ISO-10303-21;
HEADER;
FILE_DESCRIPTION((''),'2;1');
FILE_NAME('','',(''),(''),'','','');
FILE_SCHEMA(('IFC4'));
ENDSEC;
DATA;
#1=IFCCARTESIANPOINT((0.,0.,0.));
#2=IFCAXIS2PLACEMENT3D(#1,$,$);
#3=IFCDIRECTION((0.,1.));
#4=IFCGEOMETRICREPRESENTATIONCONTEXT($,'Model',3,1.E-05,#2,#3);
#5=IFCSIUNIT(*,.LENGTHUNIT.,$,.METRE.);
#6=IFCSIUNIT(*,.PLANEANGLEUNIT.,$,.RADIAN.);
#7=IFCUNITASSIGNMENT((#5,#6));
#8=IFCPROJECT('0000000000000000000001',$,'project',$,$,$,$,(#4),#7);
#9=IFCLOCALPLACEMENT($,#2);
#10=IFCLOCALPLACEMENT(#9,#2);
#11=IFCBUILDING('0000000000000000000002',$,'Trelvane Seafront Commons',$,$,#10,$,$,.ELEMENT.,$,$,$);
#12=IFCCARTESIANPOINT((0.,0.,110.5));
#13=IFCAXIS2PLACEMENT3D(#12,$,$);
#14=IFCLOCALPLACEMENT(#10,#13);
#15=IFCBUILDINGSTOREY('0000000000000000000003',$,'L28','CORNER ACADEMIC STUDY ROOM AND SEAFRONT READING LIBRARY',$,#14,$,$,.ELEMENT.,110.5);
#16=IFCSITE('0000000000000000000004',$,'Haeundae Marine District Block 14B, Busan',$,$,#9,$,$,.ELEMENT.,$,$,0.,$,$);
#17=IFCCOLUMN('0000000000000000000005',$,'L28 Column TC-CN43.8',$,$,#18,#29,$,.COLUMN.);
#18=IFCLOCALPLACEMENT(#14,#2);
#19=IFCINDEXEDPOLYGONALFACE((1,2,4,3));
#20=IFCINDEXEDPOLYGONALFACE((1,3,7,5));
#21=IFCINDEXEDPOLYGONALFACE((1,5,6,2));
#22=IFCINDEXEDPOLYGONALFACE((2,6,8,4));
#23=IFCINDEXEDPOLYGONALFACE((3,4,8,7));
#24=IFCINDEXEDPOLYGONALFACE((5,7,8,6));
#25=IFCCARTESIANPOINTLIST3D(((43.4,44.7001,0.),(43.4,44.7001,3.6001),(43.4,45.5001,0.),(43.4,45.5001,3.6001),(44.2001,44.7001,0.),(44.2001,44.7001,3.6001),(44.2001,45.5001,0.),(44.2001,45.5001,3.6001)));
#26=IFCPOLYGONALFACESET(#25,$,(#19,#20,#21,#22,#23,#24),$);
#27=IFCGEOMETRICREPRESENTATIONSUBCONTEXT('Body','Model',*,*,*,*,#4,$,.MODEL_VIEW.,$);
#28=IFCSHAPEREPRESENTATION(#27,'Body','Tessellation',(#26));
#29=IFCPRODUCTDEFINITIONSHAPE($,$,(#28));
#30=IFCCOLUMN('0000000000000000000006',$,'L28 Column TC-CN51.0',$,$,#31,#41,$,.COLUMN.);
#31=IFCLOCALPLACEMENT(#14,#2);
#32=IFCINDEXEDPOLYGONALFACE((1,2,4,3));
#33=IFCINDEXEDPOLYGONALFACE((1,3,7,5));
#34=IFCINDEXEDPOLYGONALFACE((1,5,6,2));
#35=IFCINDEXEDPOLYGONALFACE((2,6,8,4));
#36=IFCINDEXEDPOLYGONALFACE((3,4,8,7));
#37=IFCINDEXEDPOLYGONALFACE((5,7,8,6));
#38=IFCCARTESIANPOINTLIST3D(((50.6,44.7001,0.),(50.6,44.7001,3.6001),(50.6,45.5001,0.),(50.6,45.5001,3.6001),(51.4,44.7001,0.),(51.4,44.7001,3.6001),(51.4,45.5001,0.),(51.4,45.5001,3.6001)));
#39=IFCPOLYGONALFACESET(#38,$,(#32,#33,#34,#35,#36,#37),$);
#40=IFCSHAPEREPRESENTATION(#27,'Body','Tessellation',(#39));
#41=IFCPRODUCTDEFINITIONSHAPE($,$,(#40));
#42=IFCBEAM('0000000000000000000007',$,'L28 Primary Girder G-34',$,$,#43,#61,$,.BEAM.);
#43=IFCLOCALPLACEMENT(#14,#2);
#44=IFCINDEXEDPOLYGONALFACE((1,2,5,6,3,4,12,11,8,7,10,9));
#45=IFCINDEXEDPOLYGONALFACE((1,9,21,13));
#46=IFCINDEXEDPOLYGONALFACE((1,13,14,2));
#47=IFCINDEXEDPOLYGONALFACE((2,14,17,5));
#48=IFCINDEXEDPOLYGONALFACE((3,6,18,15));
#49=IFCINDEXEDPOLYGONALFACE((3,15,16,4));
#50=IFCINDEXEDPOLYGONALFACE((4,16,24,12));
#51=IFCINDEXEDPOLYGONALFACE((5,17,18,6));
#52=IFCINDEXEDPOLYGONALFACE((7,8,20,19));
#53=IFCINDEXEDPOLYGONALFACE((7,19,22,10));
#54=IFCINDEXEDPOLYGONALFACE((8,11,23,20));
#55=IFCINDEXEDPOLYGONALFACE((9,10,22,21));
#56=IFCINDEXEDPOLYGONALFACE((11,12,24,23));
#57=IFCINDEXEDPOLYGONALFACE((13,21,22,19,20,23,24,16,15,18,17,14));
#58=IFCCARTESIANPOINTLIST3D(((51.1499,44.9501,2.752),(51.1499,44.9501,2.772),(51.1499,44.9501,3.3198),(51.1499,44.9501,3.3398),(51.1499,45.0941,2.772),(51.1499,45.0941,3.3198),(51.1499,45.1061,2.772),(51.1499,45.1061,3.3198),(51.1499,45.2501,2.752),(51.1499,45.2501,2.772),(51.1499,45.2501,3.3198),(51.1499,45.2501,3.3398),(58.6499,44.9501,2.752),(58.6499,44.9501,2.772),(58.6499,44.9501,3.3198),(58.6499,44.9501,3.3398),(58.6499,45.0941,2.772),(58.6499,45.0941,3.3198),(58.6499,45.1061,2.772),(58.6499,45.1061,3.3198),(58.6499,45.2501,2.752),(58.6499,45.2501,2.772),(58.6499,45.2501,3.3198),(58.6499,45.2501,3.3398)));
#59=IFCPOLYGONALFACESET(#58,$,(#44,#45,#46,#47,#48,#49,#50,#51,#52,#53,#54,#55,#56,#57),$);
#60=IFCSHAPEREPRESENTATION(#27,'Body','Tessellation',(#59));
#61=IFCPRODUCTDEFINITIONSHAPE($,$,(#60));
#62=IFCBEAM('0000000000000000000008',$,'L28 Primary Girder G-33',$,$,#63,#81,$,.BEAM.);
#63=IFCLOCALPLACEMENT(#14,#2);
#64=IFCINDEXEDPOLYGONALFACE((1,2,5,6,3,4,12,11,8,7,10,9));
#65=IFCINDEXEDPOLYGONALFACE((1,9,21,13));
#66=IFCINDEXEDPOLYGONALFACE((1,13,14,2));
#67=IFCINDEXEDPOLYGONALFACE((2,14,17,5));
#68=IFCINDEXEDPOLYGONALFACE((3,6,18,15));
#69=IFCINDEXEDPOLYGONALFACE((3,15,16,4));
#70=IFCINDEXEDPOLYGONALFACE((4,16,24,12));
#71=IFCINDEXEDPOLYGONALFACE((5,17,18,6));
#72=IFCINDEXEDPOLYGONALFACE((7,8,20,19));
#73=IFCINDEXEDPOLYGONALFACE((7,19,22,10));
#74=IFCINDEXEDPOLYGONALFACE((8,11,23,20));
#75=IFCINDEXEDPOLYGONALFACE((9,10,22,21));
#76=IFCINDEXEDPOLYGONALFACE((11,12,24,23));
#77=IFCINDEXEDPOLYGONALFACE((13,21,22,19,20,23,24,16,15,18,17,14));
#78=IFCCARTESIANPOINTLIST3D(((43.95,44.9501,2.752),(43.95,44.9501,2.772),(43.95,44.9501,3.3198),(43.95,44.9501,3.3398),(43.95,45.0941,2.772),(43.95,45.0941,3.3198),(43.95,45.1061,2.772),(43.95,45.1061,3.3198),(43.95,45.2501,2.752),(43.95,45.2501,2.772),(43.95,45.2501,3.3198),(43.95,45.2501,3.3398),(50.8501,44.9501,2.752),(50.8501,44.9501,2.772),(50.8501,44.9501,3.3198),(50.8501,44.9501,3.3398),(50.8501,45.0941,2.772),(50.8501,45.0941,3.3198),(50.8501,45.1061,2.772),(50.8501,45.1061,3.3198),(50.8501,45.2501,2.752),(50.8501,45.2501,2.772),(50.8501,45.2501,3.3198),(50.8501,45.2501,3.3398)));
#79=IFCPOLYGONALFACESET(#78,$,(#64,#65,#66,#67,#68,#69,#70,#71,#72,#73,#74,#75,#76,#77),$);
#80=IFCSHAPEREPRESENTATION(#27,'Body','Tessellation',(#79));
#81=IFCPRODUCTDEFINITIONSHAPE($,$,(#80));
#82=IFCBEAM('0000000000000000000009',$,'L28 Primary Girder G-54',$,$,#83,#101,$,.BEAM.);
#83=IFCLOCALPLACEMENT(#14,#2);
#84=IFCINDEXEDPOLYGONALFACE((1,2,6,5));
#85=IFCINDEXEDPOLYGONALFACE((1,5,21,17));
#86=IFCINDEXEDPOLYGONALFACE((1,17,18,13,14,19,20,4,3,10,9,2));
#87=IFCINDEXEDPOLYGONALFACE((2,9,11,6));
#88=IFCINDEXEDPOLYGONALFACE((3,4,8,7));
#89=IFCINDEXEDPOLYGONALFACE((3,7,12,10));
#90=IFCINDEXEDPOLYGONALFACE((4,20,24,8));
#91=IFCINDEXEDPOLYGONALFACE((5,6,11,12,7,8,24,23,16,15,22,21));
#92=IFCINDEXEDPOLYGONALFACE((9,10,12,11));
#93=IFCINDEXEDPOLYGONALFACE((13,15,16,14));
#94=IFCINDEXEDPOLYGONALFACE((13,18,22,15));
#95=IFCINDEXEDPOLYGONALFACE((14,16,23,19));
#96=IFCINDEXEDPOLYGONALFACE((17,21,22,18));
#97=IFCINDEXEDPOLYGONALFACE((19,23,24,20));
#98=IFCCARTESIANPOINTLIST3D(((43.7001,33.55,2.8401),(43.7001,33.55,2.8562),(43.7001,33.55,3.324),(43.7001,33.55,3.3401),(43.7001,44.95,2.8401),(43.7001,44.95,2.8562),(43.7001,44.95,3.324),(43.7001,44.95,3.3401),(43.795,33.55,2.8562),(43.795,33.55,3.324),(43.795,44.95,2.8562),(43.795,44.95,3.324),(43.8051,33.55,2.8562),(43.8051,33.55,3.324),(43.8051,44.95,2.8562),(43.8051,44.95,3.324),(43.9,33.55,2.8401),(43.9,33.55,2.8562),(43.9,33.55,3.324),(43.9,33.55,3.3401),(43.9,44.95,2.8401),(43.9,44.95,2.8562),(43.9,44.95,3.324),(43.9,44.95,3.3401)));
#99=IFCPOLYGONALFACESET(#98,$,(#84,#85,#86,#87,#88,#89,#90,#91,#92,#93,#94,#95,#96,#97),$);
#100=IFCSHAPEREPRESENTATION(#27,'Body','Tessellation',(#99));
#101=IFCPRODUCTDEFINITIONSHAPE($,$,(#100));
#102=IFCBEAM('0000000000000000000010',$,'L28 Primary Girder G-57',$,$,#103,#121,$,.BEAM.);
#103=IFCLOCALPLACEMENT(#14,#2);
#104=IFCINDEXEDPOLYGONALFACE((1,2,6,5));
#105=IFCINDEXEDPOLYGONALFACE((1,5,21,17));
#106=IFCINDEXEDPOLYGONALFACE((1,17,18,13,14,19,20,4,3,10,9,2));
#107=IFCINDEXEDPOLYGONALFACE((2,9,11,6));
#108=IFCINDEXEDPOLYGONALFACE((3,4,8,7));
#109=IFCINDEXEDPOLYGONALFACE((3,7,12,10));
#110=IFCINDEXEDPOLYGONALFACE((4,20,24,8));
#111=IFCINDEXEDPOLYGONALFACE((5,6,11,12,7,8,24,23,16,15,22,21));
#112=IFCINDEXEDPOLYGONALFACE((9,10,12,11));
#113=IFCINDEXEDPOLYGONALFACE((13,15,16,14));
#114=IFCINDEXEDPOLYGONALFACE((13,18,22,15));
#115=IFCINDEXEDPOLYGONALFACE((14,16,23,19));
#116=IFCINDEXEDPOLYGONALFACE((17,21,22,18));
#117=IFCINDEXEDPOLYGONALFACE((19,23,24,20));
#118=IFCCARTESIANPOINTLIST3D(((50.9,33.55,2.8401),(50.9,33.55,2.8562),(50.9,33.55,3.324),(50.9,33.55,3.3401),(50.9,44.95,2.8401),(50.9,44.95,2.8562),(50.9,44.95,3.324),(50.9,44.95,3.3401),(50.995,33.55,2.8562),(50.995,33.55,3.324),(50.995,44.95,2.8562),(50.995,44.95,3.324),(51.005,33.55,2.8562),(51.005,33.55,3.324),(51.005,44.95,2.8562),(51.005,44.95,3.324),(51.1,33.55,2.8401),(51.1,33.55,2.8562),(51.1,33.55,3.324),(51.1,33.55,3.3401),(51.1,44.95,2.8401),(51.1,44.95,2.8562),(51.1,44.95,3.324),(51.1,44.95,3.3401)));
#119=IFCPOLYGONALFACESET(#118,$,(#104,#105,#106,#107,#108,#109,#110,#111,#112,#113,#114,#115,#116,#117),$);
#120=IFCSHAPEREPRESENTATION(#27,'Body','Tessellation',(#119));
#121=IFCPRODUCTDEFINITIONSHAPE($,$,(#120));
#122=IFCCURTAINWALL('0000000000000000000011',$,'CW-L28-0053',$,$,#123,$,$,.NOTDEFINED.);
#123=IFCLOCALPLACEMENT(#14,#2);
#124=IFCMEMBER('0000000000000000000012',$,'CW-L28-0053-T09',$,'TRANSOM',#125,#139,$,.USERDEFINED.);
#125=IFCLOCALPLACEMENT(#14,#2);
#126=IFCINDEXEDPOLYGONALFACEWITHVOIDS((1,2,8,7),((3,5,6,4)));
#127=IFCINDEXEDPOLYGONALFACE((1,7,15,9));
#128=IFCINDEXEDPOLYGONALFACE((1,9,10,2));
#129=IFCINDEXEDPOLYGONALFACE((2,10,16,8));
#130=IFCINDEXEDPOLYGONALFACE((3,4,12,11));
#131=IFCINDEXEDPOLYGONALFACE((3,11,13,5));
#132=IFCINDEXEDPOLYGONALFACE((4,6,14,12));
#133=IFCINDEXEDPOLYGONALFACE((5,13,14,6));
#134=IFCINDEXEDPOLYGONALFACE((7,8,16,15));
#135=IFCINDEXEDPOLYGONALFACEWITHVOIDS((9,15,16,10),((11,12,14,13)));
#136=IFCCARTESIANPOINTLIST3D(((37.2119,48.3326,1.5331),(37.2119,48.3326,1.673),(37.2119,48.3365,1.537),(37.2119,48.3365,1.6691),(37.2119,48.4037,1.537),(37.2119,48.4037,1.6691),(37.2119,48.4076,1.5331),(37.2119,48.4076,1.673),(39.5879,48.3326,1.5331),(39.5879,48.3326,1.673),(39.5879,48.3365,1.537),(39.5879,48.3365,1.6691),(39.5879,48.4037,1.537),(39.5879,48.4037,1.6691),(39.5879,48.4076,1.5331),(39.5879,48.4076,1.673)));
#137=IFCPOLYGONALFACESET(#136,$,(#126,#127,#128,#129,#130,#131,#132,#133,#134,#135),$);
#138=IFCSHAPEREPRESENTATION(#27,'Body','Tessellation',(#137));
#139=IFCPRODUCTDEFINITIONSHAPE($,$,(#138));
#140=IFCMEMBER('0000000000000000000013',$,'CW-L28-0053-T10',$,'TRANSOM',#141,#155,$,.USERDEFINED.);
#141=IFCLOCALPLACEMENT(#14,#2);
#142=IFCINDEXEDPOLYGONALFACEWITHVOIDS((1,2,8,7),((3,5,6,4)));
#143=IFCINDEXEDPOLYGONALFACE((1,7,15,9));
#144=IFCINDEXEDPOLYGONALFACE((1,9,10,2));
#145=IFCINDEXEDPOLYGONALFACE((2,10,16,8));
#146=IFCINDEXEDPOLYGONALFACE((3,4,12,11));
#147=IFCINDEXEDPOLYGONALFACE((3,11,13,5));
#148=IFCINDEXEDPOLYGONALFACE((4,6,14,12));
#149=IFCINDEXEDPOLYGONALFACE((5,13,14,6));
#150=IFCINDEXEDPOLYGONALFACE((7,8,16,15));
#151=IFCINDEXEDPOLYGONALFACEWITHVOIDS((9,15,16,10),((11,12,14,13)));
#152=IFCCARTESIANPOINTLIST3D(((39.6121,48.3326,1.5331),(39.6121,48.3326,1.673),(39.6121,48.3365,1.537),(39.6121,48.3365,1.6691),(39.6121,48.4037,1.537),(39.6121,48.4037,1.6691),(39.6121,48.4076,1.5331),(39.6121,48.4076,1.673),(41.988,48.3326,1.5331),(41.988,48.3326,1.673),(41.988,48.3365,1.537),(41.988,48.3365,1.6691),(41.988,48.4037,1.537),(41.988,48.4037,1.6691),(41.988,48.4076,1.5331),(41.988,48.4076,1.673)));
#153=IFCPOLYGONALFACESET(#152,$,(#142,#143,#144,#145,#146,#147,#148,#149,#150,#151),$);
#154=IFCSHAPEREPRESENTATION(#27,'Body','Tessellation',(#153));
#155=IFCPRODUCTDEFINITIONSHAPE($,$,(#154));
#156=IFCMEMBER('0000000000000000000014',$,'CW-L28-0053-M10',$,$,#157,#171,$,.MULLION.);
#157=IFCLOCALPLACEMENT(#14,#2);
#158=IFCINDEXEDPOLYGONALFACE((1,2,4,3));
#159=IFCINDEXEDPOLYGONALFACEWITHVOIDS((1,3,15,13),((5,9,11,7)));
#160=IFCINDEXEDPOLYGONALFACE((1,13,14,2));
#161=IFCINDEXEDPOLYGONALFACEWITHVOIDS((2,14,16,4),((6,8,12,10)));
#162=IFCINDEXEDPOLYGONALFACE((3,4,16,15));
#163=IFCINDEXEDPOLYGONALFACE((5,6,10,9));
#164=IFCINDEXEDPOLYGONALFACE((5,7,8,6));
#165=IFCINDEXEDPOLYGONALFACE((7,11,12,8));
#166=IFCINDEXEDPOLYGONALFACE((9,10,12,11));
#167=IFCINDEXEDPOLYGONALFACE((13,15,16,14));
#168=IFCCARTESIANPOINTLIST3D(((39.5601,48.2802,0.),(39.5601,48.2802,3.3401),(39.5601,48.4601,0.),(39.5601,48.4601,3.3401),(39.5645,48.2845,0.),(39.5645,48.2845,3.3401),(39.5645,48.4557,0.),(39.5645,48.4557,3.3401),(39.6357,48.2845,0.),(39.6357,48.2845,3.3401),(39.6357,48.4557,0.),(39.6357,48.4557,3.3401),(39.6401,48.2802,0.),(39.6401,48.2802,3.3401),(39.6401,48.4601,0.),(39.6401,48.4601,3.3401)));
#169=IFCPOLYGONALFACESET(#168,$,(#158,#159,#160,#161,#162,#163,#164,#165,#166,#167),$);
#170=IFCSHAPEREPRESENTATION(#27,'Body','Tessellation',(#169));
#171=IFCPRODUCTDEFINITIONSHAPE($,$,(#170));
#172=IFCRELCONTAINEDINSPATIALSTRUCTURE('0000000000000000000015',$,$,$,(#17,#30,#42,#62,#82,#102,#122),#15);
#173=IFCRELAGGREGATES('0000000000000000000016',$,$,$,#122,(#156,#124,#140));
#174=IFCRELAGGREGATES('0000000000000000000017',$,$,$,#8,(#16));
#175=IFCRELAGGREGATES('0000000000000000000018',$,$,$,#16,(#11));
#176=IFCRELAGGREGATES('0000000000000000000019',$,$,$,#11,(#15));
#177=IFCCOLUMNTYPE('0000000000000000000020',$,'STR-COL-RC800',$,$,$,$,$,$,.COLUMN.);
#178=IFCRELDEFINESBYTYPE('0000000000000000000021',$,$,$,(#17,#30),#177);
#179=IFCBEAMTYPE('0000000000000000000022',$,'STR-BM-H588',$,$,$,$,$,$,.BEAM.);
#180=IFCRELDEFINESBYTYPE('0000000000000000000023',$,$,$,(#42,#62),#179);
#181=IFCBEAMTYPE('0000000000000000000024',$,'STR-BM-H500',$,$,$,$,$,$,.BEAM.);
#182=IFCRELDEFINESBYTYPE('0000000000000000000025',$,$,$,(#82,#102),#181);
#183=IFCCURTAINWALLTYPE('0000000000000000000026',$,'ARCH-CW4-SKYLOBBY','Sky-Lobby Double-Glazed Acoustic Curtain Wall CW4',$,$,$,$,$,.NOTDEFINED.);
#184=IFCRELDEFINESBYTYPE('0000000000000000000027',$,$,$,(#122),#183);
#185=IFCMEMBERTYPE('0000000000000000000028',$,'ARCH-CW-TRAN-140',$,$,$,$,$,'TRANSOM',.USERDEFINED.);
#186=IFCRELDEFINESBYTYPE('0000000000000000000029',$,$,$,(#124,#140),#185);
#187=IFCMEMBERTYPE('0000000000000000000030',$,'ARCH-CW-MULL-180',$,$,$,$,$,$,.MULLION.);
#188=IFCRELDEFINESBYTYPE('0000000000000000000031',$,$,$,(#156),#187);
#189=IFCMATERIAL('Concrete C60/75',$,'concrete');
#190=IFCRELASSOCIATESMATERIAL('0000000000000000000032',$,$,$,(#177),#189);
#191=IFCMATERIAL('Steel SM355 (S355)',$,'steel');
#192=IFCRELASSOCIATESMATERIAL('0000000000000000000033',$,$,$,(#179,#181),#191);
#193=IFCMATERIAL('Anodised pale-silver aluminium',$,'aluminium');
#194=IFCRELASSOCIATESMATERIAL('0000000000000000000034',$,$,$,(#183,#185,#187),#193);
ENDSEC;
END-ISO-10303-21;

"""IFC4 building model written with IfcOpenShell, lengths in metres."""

from ifc_helpers import new_model, si_unit, direction, frame, origin, origin_2d, place, context, subcontext, project, spatial, rectangle, hollow_rectangle, i_section, extrude, source, transform, mapped, material, material_profile, profile_set, type_object, element, aggregate, save


model = new_model("IFC4")

# Units and contexts
model_context = context("Model", 3, precision=1e-05, world=origin(), true_north=direction((0.0, 1.0)))
body_context = subcontext(model_context, "Body", "Model", "MODEL_VIEW")
ifc_project = project(units=[si_unit("LENGTHUNIT", "METRE"), si_unit("PLANEANGLEUNIT", "RADIAN")], contexts=[model_context])

# Site, building, storey
site_placement = place(None, origin())
site = spatial("IfcSite", under=ifc_project, at=site_placement, Name="Haeundae Marine District Block 14B, Busan", CompositionType="ELEMENT", RefElevation=0.0)
building_placement = place(site_placement, origin())
building = spatial("IfcBuilding", under=site, at=building_placement, Name="Trelvane Seafront Commons", CompositionType="ELEMENT")
storey_placement = place(building_placement, frame((0.0, 0.0, 110.5)))
storey = spatial("IfcBuildingStorey", under=building, at=storey_placement, Name="L28", Description="CORNER ACADEMIC STUDY ROOM AND SEAFRONT READING LIBRARY", CompositionType="ELEMENT", Elevation=110.5)

# Columns
ifc_material_1 = material(Name="Concrete C60/75", Category="concrete")
ifc_material_profile_1 = material_profile(ifc_material_1, rectangle(XDim=0.8, YDim=0.8, at=origin_2d()), Name="RC-800x800")
ifc_profile_set_1 = profile_set([ifc_material_profile_1], Name="Concrete C60/75")
column_type = type_object("IfcColumnType", Name="STR-COL-RC800", PredefinedType="COLUMN", material=ifc_profile_set_1)
shared_shape_1 = source(origin(), body_context, "Body", "SweptSolid", [
    extrude(rectangle(XDim=0.8, YDim=0.8, at=origin_2d()), origin(), (0.0, 0.0, 1.0), 3.6001),
])
for number, where, z_axis, x_axis, name in (
    (1, (43.8, 45.1001, 0.0), (0.0, 0.0, 1.0), (1.0, 0.0, 0.0), "L28 Column TC-CN43.8"),
    (2, (51.0, 45.1001, 0.0), (0.0, 0.0, 1.0), (1.0, 0.0, 0.0), "L28 Column TC-CN51.0"),
):
    element("IfcColumn", number, at=place(storey_placement, frame(where, z_axis=z_axis, x_axis=x_axis)), inside=storey, type_object=column_type, Name=name, PredefinedType="COLUMN", context=body_context, shape_type="MappedRepresentation", body=[
        mapped(shared_shape_1, transform((0.0, 0.0, 0.0), x_axis=(1.0, 0.0, 0.0), y_axis=(0.0, 1.0, 0.0), z_axis=(0.0, 0.0, 1.0), scale=1.0)),
    ])

# Beams
ifc_material_2 = material(Name="Steel SM355 (S355)", Category="steel")
ifc_material_profile_2 = material_profile(ifc_material_2, i_section(OverallWidth=0.3, OverallDepth=0.5879, WebThickness=0.012, FlangeThickness=0.02, at=origin_2d()), Name="H-588x300x12x20")
ifc_profile_set_2 = profile_set([ifc_material_profile_2], Name="Steel SM355 (S355)")
beam_type_1 = type_object("IfcBeamType", Name="STR-BM-H588", PredefinedType="BEAM", material=ifc_profile_set_2)
shared_shape_2 = source(origin(), body_context, "Body", "SweptSolid", [
    extrude(i_section(OverallWidth=0.3, OverallDepth=0.5879, WebThickness=0.012, FlangeThickness=0.02, at=origin_2d()), origin(), (0.0, 0.0, 1.0), 7.5),
])
beam_1_placement = place(storey_placement, frame((51.1499, 45.1001, 3.0459), z_axis=(1.0, 0.0, 0.0), x_axis=(0.0, 1.0, 0.0)))
element("IfcBeam", 3, at=beam_1_placement, inside=storey, type_object=beam_type_1, Name="L28 Primary Girder G-34", PredefinedType="BEAM", context=body_context, shape_type="MappedRepresentation", body=[
    mapped(shared_shape_2, transform((0.0, 0.0, 0.0), x_axis=(1.0, 0.0, 0.0), y_axis=(0.0, 1.0, 0.0), z_axis=(0.0, 0.0, 1.0), scale=1.0)),
])
shared_shape_3 = source(origin(), body_context, "Body", "SweptSolid", [
    extrude(i_section(OverallWidth=0.3, OverallDepth=0.5879, WebThickness=0.012, FlangeThickness=0.02, at=origin_2d()), origin(), (0.0, 0.0, 1.0), 6.9001),
])
beam_2_placement = place(storey_placement, frame((43.95, 45.1001, 3.0459), z_axis=(1.0, 0.0, 0.0), x_axis=(0.0, 1.0, 0.0)))
element("IfcBeam", 4, at=beam_2_placement, inside=storey, type_object=beam_type_1, Name="L28 Primary Girder G-33", PredefinedType="BEAM", context=body_context, shape_type="MappedRepresentation", body=[
    mapped(shared_shape_3, transform((0.0, 0.0, 0.0), x_axis=(1.0, 0.0, 0.0), y_axis=(0.0, 1.0, 0.0), z_axis=(0.0, 0.0, 1.0), scale=1.0)),
])
ifc_material_profile_3 = material_profile(ifc_material_2, i_section(OverallWidth=0.2, OverallDepth=0.5, WebThickness=0.01, FlangeThickness=0.0161, at=origin_2d()), Name="H-500x200x10x16")
ifc_profile_set_3 = profile_set([ifc_material_profile_3], Name="Steel SM355 (S355)")
beam_type_2 = type_object("IfcBeamType", Name="STR-BM-H500", PredefinedType="BEAM", material=ifc_profile_set_3)
shared_shape_4 = source(origin(), body_context, "Body", "SweptSolid", [
    extrude(i_section(OverallWidth=0.2, OverallDepth=0.5, WebThickness=0.01, FlangeThickness=0.0161, at=origin_2d()), origin(), (0.0, 0.0, 1.0), 11.3999),
])
for number, where, z_axis, x_axis, name in (
    (5, (43.8, 33.55, 3.0901), (0.0, 1.0, 0.0), (-1.0, 0.0, 0.0), "L28 Primary Girder G-54"),
    (6, (51.0, 33.55, 3.0901), (0.0, 1.0, 0.0), (-1.0, 0.0, 0.0), "L28 Primary Girder G-57"),
):
    element("IfcBeam", number, at=place(storey_placement, frame(where, z_axis=z_axis, x_axis=x_axis)), inside=storey, type_object=beam_type_2, Name=name, PredefinedType="BEAM", context=body_context, shape_type="MappedRepresentation", body=[
        mapped(shared_shape_4, transform((0.0, 0.0, 0.0), x_axis=(1.0, 0.0, 0.0), y_axis=(0.0, 1.0, 0.0), z_axis=(0.0, 0.0, 1.0), scale=1.0)),
    ])

# Curtain wall, members
ifc_material_3 = material(Name="Anodised pale-silver aluminium", Category="aluminium")
curtain_wall_type = type_object("IfcCurtainWallType", Name="ARCH-CW4-SKYLOBBY", Description="Sky-Lobby Double-Glazed Acoustic Curtain Wall CW4", PredefinedType="NOTDEFINED", material=ifc_material_3)
curtain_wall_placement = place(storey_placement, origin())
curtain_wall = element("IfcCurtainWall", 7, at=curtain_wall_placement, inside=storey, type_object=curtain_wall_type, Name="CW-L28-0053", PredefinedType="NOTDEFINED")
ifc_material_profile_4 = material_profile(ifc_material_3, hollow_rectangle(XDim=0.075, YDim=0.1399, WallThickness=0.0039, at=origin_2d()), Name="TRAN-75x140x4")
ifc_profile_set_4 = profile_set([ifc_material_profile_4], Name="Anodised pale-silver aluminium")
member_type_1 = type_object("IfcMemberType", Name="ARCH-CW-TRAN-140", ElementType="TRANSOM", PredefinedType="USERDEFINED", material=ifc_profile_set_4)
shared_shape_5 = source(origin(), body_context, "Body", "SweptSolid", [
    extrude(hollow_rectangle(XDim=0.075, YDim=0.1399, WallThickness=0.0039, at=origin_2d()), origin(), (0.0, 0.0, 1.0), 2.376),
])
member_1_placement = place(storey_placement, frame((37.2119, 48.3701, 1.603), z_axis=(1.0, 0.0, 0.0), x_axis=(0.0, 1.0, 0.0)))
member_1 = element("IfcMember", 8, at=member_1_placement, type_object=member_type_1, Name="CW-L28-0053-T09", ObjectType="TRANSOM", PredefinedType="USERDEFINED", context=body_context, shape_type="MappedRepresentation", body=[
    mapped(shared_shape_5, transform((0.0, 0.0, 0.0), x_axis=(1.0, 0.0, 0.0), y_axis=(0.0, 1.0, 0.0), z_axis=(0.0, 0.0, 1.0), scale=1.0)),
])
member_2_placement = place(storey_placement, frame((39.6121, 48.3701, 1.603), z_axis=(1.0, 0.0, 0.0), x_axis=(0.0, 1.0, 0.0)))
member_2 = element("IfcMember", 9, at=member_2_placement, type_object=member_type_1, Name="CW-L28-0053-T10", ObjectType="TRANSOM", PredefinedType="USERDEFINED", context=body_context, shape_type="MappedRepresentation", body=[
    mapped(shared_shape_5, transform((0.0, 0.0, 0.0), x_axis=(1.0, 0.0, 0.0), y_axis=(0.0, 1.0, 0.0), z_axis=(0.0, 0.0, 1.0), scale=1.0)),
])
ifc_material_profile_5 = material_profile(ifc_material_3, hollow_rectangle(XDim=0.0801, YDim=0.1799, WallThickness=0.0044, at=origin_2d()), Name="MULL-80x180x4.5")
ifc_profile_set_5 = profile_set([ifc_material_profile_5], Name="Anodised pale-silver aluminium")
member_type_2 = type_object("IfcMemberType", Name="ARCH-CW-MULL-180", PredefinedType="MULLION", material=ifc_profile_set_5)
shared_shape_6 = source(origin(), body_context, "Body", "SweptSolid", [
    extrude(hollow_rectangle(XDim=0.0801, YDim=0.1799, WallThickness=0.0044, at=origin_2d()), origin(), (0.0, 0.0, 1.0), 3.3401),
])
member_3_placement = place(storey_placement, frame((39.6001, 48.3701, 0.0), z_axis=(0.0, 0.0, 1.0), x_axis=(1.0, 0.0, 0.0)))
member_3 = element("IfcMember", 10, at=member_3_placement, type_object=member_type_2, Name="CW-L28-0053-M10", PredefinedType="MULLION", context=body_context, shape_type="MappedRepresentation", body=[
    mapped(shared_shape_6, transform((0.0, 0.0, 0.0), x_axis=(1.0, 0.0, 0.0), y_axis=(0.0, 1.0, 0.0), z_axis=(0.0, 0.0, 1.0), scale=1.0)),
])
aggregate(curtain_wall, [member_3, member_1, member_2])

save(model, "model.ifc")
